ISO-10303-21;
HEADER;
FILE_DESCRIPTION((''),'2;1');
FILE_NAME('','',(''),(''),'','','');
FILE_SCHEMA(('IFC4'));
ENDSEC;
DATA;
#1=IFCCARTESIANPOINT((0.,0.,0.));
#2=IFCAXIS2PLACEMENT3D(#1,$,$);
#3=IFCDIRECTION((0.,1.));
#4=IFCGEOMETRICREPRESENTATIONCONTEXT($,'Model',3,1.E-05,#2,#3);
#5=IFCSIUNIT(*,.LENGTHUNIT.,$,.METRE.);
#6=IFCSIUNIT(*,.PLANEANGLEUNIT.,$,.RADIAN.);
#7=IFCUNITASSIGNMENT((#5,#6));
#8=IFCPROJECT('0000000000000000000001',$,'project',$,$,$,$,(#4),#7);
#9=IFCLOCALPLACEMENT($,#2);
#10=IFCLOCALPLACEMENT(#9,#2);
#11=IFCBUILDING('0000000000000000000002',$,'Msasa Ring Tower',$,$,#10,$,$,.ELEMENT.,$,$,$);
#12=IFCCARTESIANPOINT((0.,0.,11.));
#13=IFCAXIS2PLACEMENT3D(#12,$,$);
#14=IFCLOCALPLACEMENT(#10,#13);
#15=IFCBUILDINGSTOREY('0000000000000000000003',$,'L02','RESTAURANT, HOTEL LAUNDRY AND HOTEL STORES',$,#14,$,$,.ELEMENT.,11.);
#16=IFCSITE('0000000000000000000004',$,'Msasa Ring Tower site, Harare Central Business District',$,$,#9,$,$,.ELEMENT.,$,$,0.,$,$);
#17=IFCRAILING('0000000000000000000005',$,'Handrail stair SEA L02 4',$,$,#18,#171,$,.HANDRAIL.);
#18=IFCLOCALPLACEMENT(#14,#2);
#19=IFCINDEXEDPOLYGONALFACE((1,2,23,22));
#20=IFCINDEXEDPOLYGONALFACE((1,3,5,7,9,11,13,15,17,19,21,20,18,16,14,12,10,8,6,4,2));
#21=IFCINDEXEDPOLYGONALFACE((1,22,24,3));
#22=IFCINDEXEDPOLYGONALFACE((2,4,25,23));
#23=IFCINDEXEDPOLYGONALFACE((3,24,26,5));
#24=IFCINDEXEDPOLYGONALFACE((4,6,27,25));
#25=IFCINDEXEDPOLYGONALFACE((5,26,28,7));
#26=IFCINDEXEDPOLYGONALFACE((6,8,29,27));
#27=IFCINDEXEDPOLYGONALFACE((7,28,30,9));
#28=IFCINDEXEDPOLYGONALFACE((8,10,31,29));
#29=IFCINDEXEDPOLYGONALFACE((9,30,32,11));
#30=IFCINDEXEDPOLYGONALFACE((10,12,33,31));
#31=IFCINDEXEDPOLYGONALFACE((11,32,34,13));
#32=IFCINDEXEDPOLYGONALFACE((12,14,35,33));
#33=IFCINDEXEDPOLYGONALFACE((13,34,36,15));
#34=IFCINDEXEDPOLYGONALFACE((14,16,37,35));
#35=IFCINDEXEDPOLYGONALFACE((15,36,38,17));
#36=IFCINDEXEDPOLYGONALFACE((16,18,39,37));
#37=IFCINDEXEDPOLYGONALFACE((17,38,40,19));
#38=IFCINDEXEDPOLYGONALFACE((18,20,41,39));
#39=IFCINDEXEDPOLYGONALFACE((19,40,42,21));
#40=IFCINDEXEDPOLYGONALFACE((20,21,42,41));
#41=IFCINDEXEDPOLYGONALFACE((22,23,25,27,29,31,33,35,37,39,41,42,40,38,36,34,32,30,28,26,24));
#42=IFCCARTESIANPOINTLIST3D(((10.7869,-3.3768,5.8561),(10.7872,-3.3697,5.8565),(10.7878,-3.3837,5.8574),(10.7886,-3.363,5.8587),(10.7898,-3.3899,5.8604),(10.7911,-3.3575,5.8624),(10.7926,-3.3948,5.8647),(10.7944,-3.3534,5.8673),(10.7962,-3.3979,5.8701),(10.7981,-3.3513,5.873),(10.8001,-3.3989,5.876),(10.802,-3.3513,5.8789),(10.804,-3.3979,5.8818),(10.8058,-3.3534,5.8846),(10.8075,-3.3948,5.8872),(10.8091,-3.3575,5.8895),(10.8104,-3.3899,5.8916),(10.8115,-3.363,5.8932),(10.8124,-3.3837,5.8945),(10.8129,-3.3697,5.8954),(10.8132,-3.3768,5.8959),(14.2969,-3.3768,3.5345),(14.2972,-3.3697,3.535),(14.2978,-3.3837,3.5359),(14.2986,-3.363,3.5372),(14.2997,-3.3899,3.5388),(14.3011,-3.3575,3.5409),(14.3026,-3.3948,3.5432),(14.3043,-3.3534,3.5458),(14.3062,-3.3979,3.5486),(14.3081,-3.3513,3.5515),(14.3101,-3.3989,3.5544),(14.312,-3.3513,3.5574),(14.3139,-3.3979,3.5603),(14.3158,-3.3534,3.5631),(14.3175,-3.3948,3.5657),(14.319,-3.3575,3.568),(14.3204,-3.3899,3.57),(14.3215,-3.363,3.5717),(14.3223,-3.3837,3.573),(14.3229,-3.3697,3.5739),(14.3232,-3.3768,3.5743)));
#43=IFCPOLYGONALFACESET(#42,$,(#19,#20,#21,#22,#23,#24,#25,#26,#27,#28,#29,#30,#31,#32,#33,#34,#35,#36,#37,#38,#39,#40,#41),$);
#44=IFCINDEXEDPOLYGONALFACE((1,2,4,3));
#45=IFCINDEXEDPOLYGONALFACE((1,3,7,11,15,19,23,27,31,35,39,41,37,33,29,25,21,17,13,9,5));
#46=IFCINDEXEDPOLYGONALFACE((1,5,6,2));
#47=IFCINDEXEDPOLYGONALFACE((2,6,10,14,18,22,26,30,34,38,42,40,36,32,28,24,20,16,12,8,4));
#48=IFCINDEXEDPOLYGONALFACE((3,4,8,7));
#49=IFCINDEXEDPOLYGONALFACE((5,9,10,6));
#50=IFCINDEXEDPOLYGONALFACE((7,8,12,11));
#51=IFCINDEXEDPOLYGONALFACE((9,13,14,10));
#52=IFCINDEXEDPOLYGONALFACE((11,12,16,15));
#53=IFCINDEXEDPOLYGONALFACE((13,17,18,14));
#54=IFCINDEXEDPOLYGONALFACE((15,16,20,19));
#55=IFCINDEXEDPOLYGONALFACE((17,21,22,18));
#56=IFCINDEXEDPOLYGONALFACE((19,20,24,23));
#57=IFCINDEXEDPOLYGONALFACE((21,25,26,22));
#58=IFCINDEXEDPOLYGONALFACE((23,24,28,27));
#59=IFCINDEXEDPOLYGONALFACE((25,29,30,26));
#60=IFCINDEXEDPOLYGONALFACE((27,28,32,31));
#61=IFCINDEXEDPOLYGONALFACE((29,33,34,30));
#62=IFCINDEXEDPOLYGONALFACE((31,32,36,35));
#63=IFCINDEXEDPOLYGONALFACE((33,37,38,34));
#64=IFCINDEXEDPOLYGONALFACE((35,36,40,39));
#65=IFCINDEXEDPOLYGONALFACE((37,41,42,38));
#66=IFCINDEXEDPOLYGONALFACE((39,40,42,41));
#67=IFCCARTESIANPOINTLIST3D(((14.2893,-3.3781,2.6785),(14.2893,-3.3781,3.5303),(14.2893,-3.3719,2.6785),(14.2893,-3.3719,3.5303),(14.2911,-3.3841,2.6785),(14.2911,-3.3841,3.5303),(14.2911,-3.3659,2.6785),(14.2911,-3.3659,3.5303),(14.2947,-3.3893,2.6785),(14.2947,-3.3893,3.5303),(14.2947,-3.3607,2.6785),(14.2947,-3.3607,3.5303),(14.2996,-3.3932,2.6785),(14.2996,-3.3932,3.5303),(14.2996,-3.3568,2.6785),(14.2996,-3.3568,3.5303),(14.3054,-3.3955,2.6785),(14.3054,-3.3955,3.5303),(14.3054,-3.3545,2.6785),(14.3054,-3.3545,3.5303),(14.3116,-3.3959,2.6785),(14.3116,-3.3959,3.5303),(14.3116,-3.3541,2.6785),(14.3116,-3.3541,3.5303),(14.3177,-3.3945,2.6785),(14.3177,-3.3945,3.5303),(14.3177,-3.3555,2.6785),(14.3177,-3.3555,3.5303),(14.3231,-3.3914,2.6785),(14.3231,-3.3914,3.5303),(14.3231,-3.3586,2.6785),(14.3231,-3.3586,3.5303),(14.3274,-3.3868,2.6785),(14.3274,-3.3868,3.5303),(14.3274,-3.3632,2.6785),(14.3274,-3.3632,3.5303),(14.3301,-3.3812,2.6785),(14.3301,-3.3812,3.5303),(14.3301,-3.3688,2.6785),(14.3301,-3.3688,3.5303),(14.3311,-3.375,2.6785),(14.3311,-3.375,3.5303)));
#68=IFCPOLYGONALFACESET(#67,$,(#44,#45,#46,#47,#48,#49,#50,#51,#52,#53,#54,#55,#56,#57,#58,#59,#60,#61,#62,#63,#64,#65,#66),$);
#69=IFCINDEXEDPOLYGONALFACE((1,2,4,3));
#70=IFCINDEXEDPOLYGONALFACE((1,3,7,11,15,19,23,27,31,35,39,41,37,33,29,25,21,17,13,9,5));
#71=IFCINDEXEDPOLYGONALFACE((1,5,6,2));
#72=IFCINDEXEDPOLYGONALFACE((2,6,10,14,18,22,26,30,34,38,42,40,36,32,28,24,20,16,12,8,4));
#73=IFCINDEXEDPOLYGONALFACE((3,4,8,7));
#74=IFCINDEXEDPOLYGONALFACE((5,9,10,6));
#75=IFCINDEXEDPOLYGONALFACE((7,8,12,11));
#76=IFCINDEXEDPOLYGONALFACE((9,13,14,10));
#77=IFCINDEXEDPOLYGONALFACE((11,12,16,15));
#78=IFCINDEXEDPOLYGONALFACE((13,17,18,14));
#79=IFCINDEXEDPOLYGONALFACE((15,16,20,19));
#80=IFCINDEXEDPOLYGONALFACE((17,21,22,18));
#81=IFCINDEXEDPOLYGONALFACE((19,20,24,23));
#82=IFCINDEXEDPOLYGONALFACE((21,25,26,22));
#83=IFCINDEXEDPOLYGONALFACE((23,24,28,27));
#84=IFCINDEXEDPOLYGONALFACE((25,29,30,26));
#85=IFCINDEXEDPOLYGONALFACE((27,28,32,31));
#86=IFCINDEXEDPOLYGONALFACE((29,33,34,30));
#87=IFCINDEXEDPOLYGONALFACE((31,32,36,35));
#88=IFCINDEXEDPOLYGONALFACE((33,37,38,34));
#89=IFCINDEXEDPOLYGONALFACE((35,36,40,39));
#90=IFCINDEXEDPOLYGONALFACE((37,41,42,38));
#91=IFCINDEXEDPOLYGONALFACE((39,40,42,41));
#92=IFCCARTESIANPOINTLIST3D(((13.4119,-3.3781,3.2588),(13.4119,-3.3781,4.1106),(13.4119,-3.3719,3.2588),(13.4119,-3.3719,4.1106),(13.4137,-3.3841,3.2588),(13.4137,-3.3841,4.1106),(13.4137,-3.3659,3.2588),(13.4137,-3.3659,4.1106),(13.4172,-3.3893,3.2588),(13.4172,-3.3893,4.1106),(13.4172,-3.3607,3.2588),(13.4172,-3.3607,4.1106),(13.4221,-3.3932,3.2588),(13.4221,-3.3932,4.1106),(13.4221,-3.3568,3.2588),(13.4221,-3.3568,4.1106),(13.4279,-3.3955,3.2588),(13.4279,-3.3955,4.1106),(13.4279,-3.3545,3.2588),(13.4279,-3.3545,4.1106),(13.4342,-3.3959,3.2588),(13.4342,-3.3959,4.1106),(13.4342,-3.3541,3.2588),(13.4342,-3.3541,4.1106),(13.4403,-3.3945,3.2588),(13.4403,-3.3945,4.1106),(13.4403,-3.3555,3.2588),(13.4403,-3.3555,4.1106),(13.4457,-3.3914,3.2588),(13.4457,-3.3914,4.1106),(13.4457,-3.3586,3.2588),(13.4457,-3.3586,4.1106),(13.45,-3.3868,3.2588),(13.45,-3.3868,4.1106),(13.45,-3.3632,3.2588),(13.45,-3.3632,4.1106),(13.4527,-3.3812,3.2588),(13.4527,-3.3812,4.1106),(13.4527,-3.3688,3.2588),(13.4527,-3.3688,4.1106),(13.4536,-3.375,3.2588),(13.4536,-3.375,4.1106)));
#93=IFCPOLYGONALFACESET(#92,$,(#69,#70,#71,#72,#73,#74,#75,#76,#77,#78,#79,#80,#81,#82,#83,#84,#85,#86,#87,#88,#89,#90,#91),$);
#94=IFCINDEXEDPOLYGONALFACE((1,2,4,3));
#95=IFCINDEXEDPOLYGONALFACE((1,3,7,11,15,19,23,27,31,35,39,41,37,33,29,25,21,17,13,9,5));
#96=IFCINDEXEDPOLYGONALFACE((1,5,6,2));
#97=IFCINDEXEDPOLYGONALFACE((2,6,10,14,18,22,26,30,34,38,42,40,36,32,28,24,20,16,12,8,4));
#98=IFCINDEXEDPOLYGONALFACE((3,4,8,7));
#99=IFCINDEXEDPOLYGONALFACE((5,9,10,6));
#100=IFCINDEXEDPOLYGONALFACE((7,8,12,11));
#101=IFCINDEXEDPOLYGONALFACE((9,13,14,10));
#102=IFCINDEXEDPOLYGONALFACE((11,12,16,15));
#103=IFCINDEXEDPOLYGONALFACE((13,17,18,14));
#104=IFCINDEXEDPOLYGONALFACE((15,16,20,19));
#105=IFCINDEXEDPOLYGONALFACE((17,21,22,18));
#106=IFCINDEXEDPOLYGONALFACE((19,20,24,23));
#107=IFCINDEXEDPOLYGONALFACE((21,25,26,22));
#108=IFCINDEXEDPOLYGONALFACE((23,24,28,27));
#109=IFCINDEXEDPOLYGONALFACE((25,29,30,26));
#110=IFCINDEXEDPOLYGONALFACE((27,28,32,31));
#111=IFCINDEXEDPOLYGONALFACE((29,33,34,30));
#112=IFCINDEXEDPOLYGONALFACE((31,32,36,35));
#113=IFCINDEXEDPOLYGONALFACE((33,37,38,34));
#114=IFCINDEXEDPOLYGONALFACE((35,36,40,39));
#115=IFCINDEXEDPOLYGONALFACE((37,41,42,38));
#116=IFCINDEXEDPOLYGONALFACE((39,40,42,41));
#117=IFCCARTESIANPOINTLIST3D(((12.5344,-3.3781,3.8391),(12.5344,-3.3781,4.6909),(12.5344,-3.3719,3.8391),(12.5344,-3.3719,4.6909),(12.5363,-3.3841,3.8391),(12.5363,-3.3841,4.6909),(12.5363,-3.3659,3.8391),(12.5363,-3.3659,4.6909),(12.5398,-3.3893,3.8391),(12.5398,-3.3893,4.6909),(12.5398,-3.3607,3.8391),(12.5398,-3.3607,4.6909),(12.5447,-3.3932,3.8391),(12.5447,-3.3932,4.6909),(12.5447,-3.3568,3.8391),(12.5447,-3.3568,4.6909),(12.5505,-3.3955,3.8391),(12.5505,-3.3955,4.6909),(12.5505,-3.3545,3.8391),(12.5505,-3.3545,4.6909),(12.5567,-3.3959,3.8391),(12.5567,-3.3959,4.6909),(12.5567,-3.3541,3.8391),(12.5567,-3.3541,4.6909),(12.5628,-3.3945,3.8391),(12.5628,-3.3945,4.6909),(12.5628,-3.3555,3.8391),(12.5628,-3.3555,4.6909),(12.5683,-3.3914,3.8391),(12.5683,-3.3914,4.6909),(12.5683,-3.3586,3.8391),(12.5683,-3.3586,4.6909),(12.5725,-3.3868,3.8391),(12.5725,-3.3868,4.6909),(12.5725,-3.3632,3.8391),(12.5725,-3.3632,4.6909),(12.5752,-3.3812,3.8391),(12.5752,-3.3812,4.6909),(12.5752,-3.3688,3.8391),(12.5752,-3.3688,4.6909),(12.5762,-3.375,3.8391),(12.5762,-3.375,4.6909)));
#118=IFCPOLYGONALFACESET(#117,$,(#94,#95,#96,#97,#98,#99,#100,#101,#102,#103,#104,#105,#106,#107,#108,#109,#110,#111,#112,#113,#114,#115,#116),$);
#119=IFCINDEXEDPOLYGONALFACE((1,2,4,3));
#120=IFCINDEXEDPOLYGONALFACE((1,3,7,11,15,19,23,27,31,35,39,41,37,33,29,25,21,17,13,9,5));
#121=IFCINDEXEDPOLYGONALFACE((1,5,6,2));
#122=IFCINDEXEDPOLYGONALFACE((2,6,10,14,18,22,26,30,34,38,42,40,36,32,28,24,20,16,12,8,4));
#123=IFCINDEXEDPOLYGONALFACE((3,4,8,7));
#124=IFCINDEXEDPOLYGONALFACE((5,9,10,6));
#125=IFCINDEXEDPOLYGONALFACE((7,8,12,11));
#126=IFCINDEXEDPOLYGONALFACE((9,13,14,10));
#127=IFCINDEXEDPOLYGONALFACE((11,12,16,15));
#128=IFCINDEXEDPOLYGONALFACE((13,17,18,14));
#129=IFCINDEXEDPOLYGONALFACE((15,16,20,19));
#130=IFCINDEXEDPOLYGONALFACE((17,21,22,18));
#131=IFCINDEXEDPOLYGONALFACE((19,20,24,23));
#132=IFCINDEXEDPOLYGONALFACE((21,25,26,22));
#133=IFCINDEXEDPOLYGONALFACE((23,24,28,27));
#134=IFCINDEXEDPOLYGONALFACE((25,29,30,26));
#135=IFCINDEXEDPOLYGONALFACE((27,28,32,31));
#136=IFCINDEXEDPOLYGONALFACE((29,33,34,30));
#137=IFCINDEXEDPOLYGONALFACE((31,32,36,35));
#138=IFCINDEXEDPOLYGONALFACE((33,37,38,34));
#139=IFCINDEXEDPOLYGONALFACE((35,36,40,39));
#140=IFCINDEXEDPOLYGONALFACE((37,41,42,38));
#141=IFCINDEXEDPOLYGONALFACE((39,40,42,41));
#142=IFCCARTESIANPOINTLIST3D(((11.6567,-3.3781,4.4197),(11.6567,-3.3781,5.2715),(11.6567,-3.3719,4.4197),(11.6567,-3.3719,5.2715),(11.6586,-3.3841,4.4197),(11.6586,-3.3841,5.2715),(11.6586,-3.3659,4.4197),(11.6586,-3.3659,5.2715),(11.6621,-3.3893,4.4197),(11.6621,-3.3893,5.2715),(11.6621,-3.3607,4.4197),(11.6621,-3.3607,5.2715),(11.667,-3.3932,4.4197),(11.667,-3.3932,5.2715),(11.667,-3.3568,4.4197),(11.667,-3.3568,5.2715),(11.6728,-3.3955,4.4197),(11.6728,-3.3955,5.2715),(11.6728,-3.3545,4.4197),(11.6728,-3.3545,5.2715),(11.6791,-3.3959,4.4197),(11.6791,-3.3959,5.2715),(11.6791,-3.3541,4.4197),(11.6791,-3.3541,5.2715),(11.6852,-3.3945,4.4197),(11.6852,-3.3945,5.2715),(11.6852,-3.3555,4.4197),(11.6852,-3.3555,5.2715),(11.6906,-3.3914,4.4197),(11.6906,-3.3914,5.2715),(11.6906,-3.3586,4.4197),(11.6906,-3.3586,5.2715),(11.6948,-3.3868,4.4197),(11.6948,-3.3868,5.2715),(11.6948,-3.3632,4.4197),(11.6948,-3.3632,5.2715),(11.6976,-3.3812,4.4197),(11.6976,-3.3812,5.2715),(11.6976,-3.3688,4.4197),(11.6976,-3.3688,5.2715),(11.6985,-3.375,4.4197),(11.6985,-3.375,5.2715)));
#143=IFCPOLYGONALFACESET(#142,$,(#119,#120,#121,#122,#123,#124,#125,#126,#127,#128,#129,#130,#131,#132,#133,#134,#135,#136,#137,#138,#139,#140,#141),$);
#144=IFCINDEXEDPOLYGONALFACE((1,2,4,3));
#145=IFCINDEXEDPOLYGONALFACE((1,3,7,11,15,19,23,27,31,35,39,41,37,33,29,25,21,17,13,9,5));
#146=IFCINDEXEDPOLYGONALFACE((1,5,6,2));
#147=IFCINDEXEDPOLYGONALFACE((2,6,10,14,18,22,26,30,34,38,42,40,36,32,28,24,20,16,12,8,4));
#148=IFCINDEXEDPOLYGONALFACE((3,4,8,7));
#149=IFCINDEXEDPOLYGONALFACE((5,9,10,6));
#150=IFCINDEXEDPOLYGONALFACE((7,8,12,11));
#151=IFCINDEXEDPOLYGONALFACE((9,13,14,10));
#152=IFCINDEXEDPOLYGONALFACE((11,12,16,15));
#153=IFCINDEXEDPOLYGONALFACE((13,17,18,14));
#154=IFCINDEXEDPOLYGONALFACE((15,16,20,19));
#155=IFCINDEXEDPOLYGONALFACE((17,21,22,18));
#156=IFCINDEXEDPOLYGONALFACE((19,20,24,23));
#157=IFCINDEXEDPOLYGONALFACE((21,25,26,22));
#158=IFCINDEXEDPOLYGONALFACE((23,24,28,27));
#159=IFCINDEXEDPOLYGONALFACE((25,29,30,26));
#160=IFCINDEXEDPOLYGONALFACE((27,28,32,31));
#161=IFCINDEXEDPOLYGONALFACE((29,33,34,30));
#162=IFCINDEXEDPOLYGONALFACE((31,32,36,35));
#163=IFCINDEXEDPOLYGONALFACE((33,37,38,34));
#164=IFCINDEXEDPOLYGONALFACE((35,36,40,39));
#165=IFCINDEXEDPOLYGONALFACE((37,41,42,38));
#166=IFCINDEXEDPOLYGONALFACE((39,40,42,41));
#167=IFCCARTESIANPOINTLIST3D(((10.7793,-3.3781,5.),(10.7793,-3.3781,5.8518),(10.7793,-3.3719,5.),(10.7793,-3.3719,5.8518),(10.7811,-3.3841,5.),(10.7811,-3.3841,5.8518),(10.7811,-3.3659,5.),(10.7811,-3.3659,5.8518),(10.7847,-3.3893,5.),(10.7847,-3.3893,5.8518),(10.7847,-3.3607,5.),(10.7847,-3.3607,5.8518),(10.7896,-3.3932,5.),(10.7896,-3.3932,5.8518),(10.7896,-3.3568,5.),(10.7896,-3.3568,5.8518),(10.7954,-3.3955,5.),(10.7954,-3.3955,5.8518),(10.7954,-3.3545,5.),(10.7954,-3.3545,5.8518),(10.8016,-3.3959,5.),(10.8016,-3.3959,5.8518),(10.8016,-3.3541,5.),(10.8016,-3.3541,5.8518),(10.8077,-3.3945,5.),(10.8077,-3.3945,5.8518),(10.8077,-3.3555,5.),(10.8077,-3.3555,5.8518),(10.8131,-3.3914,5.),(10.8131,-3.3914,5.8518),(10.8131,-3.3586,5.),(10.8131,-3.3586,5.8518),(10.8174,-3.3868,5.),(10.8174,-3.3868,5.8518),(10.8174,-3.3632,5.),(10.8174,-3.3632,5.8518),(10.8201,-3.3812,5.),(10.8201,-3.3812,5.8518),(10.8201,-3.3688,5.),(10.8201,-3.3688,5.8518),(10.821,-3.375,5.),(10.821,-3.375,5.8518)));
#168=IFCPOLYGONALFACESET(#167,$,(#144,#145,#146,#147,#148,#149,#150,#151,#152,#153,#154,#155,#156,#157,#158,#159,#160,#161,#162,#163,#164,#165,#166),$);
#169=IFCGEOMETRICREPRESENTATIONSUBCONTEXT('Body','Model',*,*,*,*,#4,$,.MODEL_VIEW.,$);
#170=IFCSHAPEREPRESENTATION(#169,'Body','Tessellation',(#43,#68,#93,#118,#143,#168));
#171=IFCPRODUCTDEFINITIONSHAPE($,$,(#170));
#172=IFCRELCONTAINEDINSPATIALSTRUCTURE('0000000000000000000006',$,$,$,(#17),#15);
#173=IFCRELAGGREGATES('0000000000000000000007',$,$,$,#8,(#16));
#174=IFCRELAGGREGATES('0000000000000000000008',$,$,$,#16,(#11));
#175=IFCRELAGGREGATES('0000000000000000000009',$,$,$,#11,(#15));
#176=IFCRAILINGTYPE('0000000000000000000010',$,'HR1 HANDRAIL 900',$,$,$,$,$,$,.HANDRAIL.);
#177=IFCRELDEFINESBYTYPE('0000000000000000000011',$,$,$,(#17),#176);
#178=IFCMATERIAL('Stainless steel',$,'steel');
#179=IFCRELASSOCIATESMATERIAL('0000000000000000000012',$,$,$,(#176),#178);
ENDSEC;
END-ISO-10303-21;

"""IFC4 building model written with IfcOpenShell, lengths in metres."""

from ifc_helpers import new_model, si_unit, direction, frame, origin, origin_2d, place, context, subcontext, project, spatial, circle, extrude, material, type_object, element, save


model = new_model("IFC4")

# Units and contexts
model_context = context("Model", 3, precision=1e-05, world=origin(), true_north=direction((0.0, 1.0)))
body_context = subcontext(model_context, "Body", "Model", "MODEL_VIEW")
ifc_project = project(units=[si_unit("LENGTHUNIT", "METRE"), si_unit("PLANEANGLEUNIT", "RADIAN")], contexts=[model_context])

# Site, building, storey
site_placement = place(None, origin())
site = spatial("IfcSite", under=ifc_project, at=site_placement, Name="Msasa Ring Tower site, Harare Central Business District", CompositionType="ELEMENT", RefElevation=0.0)
building_placement = place(site_placement, origin())
building = spatial("IfcBuilding", under=site, at=building_placement, Name="Msasa Ring Tower", CompositionType="ELEMENT")
storey_placement = place(building_placement, frame((0.0, 0.0, 11.0)))
storey = spatial("IfcBuildingStorey", under=building, at=storey_placement, Name="L02", Description="RESTAURANT, HOTEL LAUNDRY AND HOTEL STORES", CompositionType="ELEMENT", Elevation=11.0)

# Railing
ifc_material_1 = material(Name="Stainless steel", Category="steel")
railing_type = type_object("IfcRailingType", Name="HR1 HANDRAIL 900", PredefinedType="HANDRAIL", material=ifc_material_1)
for number, where, name in (
    (1, (14.3101, -3.375, 2.6785), "Handrail stair SEA L02 4"),
):
    element("IfcRailing", number, at=place(storey_placement, frame(where)), inside=storey, type_object=railing_type, Name=name, PredefinedType="HANDRAIL", context=body_context, shape_type="SweptSolid", body=[
        extrude(circle(Radius=0.0239, at=origin_2d()), frame((0.0, 0.0, 0.876), z_axis=(-0.834071, 0.0, 0.551657), x_axis=(0.0, -1.0, 0.0)), (0.0, 0.0, 1.0), 4.2083),
        extrude(circle(Radius=0.021, at=origin_2d()), origin(), (0.0, 0.0, 1.0), 0.8518),
        extrude(circle(Radius=0.021, at=origin_2d()), frame((-0.8774, 0.0, 0.5803)), (0.0, 0.0, 1.0), 0.8518),
        extrude(circle(Radius=0.021, at=origin_2d()), frame((-1.7549, 0.0, 1.1606)), (0.0, 0.0, 1.0), 0.8518),
        extrude(circle(Radius=0.021, at=origin_2d()), frame((-2.6326, 0.0, 1.7412)), (0.0, 0.0, 1.0), 0.8518),
        extrude(circle(Radius=0.021, at=origin_2d()), frame((-3.51, 0.0, 2.3215)), (0.0, 0.0, 1.0), 0.8518),
    ])

save(model, "model.ifc")
